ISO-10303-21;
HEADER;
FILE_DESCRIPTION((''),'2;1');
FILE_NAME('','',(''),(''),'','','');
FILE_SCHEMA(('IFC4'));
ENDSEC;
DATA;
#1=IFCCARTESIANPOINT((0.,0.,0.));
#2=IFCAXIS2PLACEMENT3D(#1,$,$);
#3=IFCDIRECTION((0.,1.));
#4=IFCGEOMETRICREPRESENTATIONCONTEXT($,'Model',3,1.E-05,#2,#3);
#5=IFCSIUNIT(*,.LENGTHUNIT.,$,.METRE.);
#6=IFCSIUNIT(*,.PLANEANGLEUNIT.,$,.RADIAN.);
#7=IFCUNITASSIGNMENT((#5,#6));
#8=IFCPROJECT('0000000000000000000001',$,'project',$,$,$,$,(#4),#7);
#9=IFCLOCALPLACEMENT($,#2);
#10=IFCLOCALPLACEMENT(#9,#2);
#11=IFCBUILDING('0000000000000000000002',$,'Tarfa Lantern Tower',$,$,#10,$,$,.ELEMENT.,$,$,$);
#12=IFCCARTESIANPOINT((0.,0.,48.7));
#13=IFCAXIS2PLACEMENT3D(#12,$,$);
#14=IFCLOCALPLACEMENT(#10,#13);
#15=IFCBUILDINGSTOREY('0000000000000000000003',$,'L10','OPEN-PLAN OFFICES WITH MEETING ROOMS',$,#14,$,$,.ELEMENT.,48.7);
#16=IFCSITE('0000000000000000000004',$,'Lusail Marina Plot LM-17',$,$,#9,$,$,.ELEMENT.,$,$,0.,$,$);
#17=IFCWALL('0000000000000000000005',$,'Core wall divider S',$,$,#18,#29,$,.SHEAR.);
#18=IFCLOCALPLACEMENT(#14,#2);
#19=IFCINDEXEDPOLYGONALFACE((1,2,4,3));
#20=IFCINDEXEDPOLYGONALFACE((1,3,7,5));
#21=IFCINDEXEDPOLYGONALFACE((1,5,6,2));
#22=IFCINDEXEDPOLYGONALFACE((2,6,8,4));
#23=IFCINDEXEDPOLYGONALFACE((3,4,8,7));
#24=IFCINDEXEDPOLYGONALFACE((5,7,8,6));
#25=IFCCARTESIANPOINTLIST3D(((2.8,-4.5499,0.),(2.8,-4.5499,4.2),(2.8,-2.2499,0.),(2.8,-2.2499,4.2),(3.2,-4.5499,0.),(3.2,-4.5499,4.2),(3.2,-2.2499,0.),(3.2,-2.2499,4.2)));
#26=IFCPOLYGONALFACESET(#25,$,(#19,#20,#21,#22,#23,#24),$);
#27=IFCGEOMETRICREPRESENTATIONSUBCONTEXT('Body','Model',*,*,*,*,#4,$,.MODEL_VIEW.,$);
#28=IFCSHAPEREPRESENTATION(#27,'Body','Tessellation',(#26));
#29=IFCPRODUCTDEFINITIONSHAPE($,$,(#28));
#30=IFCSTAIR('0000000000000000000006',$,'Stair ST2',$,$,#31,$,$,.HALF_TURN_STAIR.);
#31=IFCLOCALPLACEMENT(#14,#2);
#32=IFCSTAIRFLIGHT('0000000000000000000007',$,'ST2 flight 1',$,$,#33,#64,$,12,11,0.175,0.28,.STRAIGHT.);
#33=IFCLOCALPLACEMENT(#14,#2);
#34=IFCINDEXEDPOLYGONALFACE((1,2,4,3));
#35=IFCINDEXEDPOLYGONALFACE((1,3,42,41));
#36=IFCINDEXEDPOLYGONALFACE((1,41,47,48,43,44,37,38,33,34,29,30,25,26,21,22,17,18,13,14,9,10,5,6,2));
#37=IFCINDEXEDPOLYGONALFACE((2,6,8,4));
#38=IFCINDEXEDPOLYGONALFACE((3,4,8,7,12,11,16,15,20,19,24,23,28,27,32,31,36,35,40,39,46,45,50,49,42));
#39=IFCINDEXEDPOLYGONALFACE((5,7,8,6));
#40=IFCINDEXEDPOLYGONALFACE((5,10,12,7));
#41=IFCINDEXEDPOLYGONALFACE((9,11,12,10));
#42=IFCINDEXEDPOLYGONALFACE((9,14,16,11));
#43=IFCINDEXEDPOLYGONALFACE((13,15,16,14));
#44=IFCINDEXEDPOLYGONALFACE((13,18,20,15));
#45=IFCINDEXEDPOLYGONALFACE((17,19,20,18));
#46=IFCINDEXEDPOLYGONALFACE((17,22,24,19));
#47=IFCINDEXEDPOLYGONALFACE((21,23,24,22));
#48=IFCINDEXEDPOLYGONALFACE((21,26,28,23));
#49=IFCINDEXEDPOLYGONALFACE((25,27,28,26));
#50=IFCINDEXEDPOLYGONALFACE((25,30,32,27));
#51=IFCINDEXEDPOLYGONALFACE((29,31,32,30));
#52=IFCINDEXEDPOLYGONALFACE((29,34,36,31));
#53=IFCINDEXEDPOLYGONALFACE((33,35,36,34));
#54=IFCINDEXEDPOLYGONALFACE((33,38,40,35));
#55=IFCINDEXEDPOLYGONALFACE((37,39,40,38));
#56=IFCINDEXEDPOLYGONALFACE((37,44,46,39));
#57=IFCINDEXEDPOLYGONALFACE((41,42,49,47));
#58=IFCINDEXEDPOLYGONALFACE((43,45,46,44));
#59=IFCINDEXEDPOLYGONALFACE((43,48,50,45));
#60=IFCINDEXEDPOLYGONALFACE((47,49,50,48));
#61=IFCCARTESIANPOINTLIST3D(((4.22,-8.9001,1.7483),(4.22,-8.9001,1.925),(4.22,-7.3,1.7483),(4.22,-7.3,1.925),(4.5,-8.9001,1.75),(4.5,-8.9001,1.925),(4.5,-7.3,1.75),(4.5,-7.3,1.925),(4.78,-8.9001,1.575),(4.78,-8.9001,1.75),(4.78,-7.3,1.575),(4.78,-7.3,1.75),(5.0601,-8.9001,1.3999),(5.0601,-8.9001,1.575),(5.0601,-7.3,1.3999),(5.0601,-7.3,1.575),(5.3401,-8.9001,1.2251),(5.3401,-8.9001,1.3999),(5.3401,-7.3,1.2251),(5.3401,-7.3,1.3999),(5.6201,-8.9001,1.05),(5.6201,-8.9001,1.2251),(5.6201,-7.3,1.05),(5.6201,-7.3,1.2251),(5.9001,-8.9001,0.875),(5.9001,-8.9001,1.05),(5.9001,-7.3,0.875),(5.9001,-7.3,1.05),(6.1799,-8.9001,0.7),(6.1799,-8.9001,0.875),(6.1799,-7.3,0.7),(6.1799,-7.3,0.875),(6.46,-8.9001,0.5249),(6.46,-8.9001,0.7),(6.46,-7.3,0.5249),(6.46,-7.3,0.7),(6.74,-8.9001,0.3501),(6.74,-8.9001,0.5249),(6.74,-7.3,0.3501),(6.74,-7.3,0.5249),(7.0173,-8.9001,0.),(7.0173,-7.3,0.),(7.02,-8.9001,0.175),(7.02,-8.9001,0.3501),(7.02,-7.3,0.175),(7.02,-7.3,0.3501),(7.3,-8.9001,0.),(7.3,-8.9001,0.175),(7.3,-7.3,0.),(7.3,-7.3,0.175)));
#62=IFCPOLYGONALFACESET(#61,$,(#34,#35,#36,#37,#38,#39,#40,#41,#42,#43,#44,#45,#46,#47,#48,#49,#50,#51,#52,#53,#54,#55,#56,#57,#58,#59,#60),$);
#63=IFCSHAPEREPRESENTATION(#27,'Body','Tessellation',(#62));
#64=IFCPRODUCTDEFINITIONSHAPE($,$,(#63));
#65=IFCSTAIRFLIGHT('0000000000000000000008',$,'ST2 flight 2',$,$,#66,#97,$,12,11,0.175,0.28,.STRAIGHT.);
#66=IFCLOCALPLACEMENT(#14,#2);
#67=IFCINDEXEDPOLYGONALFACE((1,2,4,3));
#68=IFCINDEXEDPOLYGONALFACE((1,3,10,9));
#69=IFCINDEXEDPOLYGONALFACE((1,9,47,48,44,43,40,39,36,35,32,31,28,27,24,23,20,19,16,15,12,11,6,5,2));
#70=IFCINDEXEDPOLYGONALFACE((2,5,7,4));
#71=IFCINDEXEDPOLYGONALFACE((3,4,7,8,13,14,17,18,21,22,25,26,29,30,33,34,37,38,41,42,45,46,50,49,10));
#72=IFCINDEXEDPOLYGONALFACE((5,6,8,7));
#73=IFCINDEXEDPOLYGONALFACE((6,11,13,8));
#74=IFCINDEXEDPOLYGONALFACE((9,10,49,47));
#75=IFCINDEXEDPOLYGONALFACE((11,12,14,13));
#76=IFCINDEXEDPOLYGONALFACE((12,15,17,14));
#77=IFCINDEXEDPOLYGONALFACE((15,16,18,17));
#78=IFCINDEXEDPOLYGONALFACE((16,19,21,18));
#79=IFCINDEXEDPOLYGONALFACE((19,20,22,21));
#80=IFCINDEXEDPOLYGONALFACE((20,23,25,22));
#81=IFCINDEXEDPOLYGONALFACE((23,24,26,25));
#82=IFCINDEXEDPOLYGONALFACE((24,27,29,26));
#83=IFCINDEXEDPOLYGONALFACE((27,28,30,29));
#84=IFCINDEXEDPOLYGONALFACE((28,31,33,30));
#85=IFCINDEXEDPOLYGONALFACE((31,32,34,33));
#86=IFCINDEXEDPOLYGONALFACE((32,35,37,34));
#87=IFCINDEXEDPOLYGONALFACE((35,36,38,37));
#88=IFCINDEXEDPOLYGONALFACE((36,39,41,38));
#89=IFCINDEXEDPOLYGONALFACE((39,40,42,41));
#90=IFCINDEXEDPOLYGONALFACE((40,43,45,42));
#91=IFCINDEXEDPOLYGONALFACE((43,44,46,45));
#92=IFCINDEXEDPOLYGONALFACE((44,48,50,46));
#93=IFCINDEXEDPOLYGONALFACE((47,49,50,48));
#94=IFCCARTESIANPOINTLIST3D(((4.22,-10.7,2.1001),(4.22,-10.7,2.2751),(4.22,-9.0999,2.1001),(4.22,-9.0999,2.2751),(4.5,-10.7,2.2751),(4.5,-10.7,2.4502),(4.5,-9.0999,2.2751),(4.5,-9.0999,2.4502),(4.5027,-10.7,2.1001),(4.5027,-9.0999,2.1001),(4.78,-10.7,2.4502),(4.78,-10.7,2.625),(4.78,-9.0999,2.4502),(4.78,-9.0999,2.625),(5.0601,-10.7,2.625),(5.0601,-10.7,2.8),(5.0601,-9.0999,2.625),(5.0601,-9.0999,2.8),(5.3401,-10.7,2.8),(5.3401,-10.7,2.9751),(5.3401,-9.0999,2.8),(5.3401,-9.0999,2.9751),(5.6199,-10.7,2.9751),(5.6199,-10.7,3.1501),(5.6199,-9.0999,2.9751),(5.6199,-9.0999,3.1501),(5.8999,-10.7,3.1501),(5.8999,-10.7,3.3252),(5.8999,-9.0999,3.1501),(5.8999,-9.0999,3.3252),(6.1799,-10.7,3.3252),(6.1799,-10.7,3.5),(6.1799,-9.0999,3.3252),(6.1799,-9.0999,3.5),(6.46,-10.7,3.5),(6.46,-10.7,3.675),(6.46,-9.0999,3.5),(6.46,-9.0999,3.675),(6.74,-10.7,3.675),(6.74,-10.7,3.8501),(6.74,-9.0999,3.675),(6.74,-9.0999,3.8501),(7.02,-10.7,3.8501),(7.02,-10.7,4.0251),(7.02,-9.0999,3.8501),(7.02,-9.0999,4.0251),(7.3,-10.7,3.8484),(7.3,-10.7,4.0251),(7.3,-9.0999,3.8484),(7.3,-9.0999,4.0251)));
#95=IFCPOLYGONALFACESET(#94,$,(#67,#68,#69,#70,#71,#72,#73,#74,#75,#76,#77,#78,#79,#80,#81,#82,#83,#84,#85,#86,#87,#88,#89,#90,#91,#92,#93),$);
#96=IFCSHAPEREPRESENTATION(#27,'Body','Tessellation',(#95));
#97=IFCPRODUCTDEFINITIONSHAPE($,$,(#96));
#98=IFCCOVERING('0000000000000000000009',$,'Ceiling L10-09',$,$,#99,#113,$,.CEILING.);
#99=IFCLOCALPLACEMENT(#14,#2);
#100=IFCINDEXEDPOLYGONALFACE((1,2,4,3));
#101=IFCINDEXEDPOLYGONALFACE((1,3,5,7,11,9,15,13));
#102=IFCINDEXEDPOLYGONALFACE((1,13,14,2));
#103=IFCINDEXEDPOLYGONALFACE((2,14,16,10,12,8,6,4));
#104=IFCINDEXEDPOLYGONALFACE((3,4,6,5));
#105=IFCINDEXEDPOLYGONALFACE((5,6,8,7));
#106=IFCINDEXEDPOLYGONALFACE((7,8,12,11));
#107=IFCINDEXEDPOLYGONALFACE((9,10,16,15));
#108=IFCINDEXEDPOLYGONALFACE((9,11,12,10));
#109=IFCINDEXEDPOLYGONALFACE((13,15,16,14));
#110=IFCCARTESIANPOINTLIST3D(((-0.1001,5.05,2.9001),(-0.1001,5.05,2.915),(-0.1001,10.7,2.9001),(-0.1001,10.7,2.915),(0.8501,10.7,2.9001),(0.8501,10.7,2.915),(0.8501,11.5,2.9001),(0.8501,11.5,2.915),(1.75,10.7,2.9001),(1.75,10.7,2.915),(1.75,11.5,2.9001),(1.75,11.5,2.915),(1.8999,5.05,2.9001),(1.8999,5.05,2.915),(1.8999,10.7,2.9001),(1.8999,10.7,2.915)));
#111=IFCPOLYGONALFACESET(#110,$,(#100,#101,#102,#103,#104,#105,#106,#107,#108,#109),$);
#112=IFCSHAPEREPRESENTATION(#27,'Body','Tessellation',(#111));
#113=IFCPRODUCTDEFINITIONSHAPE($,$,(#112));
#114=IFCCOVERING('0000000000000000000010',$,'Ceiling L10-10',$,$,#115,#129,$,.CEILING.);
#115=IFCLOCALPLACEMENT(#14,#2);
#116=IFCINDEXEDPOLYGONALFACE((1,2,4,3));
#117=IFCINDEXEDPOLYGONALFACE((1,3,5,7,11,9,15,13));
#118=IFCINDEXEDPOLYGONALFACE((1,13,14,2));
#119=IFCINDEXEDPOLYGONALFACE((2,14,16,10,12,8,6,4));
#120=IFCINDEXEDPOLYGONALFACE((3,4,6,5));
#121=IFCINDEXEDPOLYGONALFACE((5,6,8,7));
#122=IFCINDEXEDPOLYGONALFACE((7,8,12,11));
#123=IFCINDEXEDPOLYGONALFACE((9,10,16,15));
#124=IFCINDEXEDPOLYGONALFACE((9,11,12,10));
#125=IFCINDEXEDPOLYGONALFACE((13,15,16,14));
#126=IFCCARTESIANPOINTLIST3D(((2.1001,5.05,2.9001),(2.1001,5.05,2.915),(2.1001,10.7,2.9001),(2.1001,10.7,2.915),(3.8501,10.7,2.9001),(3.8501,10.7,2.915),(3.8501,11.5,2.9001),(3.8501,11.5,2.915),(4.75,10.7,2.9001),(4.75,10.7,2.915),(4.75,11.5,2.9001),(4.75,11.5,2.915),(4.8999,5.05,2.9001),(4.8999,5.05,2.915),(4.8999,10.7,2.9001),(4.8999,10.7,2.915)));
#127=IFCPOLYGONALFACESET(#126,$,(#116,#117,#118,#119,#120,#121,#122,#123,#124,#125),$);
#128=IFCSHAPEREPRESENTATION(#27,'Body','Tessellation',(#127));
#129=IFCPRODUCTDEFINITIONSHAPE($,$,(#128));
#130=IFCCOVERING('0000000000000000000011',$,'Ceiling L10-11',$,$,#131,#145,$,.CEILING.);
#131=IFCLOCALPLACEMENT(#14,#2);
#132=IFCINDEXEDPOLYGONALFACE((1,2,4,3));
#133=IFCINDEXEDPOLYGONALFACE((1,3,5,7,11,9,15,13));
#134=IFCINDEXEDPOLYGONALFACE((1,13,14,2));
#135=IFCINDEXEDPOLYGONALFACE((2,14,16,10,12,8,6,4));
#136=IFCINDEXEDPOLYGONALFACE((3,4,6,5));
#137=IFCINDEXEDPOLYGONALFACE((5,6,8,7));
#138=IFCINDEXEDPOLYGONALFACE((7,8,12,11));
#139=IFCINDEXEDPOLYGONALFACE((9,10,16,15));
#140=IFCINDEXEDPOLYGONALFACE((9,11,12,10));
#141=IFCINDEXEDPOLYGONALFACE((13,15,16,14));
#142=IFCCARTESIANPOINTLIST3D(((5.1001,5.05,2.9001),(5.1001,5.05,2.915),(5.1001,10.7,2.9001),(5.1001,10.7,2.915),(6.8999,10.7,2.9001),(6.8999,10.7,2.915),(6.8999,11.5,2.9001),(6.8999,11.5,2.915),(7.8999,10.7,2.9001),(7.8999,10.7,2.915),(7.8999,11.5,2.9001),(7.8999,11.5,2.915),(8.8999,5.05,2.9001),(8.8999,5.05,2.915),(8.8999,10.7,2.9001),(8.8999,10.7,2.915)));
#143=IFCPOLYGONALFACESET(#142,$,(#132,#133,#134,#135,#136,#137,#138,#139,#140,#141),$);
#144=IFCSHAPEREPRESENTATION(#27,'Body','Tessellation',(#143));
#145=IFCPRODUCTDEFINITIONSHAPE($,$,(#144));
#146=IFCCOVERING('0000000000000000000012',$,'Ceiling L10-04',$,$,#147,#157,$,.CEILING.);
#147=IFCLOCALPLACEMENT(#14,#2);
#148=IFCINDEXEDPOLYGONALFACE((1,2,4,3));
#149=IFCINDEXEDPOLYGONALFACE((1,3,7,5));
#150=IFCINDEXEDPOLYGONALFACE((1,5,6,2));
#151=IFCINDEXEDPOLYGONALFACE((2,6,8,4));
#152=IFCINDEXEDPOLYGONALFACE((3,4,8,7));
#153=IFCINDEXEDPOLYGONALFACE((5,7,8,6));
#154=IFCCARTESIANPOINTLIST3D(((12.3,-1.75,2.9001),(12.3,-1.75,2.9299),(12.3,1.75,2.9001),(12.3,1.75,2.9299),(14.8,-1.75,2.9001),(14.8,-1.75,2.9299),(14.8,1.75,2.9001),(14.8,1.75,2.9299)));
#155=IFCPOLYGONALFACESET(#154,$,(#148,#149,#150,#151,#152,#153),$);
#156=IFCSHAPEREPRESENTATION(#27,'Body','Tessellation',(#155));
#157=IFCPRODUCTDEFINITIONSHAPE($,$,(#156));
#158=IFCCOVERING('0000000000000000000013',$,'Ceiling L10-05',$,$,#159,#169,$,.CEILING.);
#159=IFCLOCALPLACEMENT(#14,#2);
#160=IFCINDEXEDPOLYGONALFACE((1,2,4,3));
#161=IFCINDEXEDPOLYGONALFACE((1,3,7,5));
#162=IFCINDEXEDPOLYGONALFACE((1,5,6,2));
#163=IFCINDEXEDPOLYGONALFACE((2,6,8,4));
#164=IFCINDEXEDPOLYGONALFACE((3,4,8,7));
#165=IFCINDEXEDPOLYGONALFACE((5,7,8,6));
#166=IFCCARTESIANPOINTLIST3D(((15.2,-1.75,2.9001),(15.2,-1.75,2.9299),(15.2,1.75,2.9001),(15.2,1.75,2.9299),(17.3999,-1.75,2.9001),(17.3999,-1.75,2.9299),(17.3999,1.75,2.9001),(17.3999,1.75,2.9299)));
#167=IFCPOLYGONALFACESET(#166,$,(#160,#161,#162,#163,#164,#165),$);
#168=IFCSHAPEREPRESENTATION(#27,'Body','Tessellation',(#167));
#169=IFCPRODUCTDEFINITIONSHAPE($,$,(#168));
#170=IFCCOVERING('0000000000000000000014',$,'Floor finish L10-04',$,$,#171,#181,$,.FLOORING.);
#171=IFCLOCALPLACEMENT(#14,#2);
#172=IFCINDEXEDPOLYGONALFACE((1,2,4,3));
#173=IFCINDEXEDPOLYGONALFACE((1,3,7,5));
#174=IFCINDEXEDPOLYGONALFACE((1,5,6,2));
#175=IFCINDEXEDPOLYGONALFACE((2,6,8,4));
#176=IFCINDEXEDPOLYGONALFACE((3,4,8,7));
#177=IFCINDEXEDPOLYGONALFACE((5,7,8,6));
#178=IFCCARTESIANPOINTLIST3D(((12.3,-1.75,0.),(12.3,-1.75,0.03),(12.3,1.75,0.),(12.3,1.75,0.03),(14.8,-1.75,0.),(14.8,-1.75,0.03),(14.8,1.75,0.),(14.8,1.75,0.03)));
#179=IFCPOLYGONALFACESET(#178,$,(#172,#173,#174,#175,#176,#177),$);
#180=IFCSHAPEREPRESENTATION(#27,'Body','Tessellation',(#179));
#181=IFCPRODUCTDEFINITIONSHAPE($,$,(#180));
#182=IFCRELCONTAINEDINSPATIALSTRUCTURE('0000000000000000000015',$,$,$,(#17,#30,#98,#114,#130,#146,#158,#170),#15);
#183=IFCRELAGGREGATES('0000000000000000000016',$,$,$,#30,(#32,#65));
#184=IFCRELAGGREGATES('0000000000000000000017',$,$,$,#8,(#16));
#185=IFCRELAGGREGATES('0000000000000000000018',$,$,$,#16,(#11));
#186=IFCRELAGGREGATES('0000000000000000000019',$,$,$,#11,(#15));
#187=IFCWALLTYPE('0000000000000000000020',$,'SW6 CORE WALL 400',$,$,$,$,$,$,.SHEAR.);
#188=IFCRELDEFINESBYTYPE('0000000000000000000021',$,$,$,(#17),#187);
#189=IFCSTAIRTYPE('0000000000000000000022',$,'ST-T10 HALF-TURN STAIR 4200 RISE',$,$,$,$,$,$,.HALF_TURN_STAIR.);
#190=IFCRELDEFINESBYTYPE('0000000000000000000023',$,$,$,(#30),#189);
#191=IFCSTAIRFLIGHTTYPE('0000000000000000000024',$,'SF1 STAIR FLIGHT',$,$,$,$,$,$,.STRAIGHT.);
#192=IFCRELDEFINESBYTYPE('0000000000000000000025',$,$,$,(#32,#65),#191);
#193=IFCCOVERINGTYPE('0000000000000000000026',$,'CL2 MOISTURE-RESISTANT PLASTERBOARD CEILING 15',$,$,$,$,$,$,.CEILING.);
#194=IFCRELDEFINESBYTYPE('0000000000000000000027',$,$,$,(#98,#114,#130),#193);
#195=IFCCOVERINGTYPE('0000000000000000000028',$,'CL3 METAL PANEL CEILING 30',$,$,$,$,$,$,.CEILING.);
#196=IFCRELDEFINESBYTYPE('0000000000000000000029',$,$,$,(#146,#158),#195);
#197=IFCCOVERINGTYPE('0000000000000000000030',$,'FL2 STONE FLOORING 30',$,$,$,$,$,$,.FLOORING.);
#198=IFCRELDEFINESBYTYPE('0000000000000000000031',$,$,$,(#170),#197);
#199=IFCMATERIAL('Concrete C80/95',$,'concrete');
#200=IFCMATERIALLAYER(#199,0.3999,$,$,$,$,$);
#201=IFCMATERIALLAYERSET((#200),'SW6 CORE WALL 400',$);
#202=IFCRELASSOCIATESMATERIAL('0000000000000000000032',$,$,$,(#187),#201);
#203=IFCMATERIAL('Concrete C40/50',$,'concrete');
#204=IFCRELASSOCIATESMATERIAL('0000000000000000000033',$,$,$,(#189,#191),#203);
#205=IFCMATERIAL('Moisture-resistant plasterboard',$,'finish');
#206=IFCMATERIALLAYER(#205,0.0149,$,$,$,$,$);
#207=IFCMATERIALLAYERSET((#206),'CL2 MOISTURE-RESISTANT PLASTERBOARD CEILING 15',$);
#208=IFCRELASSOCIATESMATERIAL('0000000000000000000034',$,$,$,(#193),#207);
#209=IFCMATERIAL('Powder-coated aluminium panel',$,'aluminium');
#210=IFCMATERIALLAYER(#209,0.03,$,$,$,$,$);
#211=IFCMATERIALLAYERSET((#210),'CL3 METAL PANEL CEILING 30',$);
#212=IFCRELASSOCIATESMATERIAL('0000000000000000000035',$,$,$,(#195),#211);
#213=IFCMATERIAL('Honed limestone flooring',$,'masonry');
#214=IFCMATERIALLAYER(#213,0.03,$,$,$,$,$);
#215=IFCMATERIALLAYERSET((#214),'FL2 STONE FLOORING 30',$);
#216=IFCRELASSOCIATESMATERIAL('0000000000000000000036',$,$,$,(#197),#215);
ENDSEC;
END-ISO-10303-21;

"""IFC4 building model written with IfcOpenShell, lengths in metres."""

from ifc_helpers import new_model, si_unit, direction, frame, frame_2d, origin, place, context, subcontext, project, spatial, polyline, rectangle, outline, extrude, material, layer, layer_set, type_object, element, aggregate, save


model = new_model("IFC4")

# Units and contexts
model_context = context("Model", 3, precision=1e-05, world=origin(), true_north=direction((0.0, 1.0)))
body_context = subcontext(model_context, "Body", "Model", "MODEL_VIEW")
ifc_project = project(units=[si_unit("LENGTHUNIT", "METRE"), si_unit("PLANEANGLEUNIT", "RADIAN")], contexts=[model_context])

# Site, building, storey
site_placement = place(None, origin())
site = spatial("IfcSite", under=ifc_project, at=site_placement, Name="Lusail Marina Plot LM-17", CompositionType="ELEMENT", RefElevation=0.0)
building_placement = place(site_placement, origin())
building = spatial("IfcBuilding", under=site, at=building_placement, Name="Tarfa Lantern Tower", CompositionType="ELEMENT")
storey_placement = place(building_placement, frame((0.0, 0.0, 48.7)))
storey = spatial("IfcBuildingStorey", under=building, at=storey_placement, Name="L10", Description="OPEN-PLAN OFFICES WITH MEETING ROOMS", CompositionType="ELEMENT", Elevation=48.7)

# Shared definitions
ifc_material_1 = material(Name="Concrete C80/95", Category="concrete")

# Wall
ifc_layer_1 = layer(ifc_material_1, 0.3999)
ifc_layer_set_1 = layer_set([ifc_layer_1], Name="SW6 CORE WALL 400")
wall_type_1 = type_object("IfcWallType", Name="SW6 CORE WALL 400", PredefinedType="SHEAR", material=ifc_layer_set_1)
for number, where, z_axis, x_axis, name in (
    (1, (3.0, -2.25, 0.0), (0.0, 0.0, 1.0), (0.0, -1.0, 0.0), "Core wall divider S"),
):
    element("IfcWall", number, at=place(storey_placement, frame(where, z_axis=z_axis, x_axis=x_axis)), inside=storey, type_object=wall_type_1, Name=name, PredefinedType="SHEAR", context=body_context, shape_type="SweptSolid", body=[
        extrude(rectangle(XDim=2.3, YDim=0.3999, at=frame_2d((1.1499, 0.0))), origin(), (0.0, 0.0, 1.0), 4.2),
    ])

# Stair, stair flights
ifc_material_2 = material(Name="Concrete C40/50", Category="concrete")
stair_type = type_object("IfcStairType", Name="ST-T10 HALF-TURN STAIR 4200 RISE", PredefinedType="HALF_TURN_STAIR", material=ifc_material_2)
stair_placement = place(storey_placement, origin())
stair = element("IfcStair", 2, at=stair_placement, inside=storey, type_object=stair_type, Name="Stair ST2", PredefinedType="HALF_TURN_STAIR")
stair_flight_type = type_object("IfcStairFlightType", Name="SF1 STAIR FLIGHT", PredefinedType="STRAIGHT", material=ifc_material_2)
stair_flight_1_placement = place(storey_placement, frame((7.3, -8.1001, 0.0), z_axis=(0.0, 0.0, 1.0), x_axis=(-1.0, 0.0, 0.0)))
stair_flight_1 = element("IfcStairFlight", 3, at=stair_flight_1_placement, type_object=stair_flight_type, Name="ST2 flight 1", NumberOfRisers=12, NumberOfTreads=11, PredefinedType="STRAIGHT", RiserHeight=0.175, TreadLength=0.28, context=body_context, shape_type="SweptSolid", body=[
    extrude(outline(polyline([(0.0, 0.0), (0.0, 0.175), (0.28, 0.175), (0.28, 0.3501), (0.5601, 0.3501), (0.5601, 0.5249), (0.8401, 0.5249), (0.8401, 0.7), (1.1201, 0.7), (1.1201, 0.875), (1.3999, 0.875), (1.3999, 1.05), (1.6799, 1.05), (1.6799, 1.2251), (1.96, 1.2251), (1.96, 1.3999), (2.24, 1.3999), (2.24, 1.575), (2.52, 1.575), (2.52, 1.75), (2.8, 1.75), (2.8, 1.925), (3.0801, 1.925), (3.0801, 2.1001), (3.0801, 1.7483), (0.2827, 0.0), (0.0, 0.0)])), frame((0.0, 0.8, 0.0), z_axis=(0.0, -1.0, 0.0), x_axis=(1.0, 0.0, 0.0)), (0.0, 0.0, 1.0), 1.6001),
])
stair_flight_2_placement = place(storey_placement, frame((4.22, -9.8999, 2.1001), z_axis=(0.0, 0.0, 1.0), x_axis=(1.0, 0.0, 0.0)))
stair_flight_2 = element("IfcStairFlight", 4, at=stair_flight_2_placement, type_object=stair_flight_type, Name="ST2 flight 2", NumberOfRisers=12, NumberOfTreads=11, PredefinedType="STRAIGHT", RiserHeight=0.175, TreadLength=0.28, context=body_context, shape_type="SweptSolid", body=[
    extrude(outline(polyline([(0.0, 0.0), (0.0, 0.175), (0.28, 0.175), (0.28, 0.3501), (0.5601, 0.3501), (0.5601, 0.5249), (0.8401, 0.5249), (0.8401, 0.7), (1.1201, 0.7), (1.1201, 0.875), (1.3999, 0.875), (1.3999, 1.05), (1.6799, 1.05), (1.6799, 1.2251), (1.96, 1.2251), (1.96, 1.3999), (2.24, 1.3999), (2.24, 1.575), (2.52, 1.575), (2.52, 1.75), (2.8, 1.75), (2.8, 1.925), (3.0801, 1.925), (3.0801, 2.1001), (3.0801, 1.7483), (0.2827, 0.0), (0.0, 0.0)])), frame((0.0, 0.8, 0.0), z_axis=(0.0, -1.0, 0.0), x_axis=(1.0, 0.0, 0.0)), (0.0, 0.0, 1.0), 1.6001),
])
aggregate(stair, [stair_flight_1, stair_flight_2])

# Coverings
ifc_material_3 = material(Name="Moisture-resistant plasterboard", Category="finish")
ifc_layer_2 = layer(ifc_material_3, 0.0149)
ifc_layer_set_2 = layer_set([ifc_layer_2], Name="CL2 MOISTURE-RESISTANT PLASTERBOARD CEILING 15")
covering_type_1 = type_object("IfcCoveringType", Name="CL2 MOISTURE-RESISTANT PLASTERBOARD CEILING 15", PredefinedType="CEILING", material=ifc_layer_set_2)
covering_1_placement = place(storey_placement, frame((0.0, 0.0, 2.9001)))
element("IfcCovering", 5, at=covering_1_placement, inside=storey, type_object=covering_type_1, Name="Ceiling L10-09", PredefinedType="CEILING", context=body_context, shape_type="SweptSolid", body=[
    extrude(outline(polyline([(0.8501, 10.7), (-0.1001, 10.7), (-0.1001, 5.05), (1.8999, 5.05), (1.8999, 10.7), (1.75, 10.7), (1.75, 11.5), (1.75, 11.5), (0.8501, 11.5), (0.8501, 10.7)])), origin(), (0.0, 0.0, 1.0), 0.0149),
])
covering_2_placement = place(storey_placement, frame((0.0, 0.0, 2.9001)))
element("IfcCovering", 6, at=covering_2_placement, inside=storey, type_object=covering_type_1, Name="Ceiling L10-10", PredefinedType="CEILING", context=body_context, shape_type="SweptSolid", body=[
    extrude(outline(polyline([(2.1001, 5.05), (4.8999, 5.05), (4.8999, 10.7), (4.75, 10.7), (4.75, 11.5), (3.8501, 11.5), (3.8501, 10.7), (2.1001, 10.7), (2.1001, 5.05)])), origin(), (0.0, 0.0, 1.0), 0.0149),
])
covering_3_placement = place(storey_placement, frame((0.0, 0.0, 2.9001)))
element("IfcCovering", 7, at=covering_3_placement, inside=storey, type_object=covering_type_1, Name="Ceiling L10-11", PredefinedType="CEILING", context=body_context, shape_type="SweptSolid", body=[
    extrude(outline(polyline([(5.1001, 5.05), (8.8999, 5.05), (8.8999, 10.7), (7.8999, 10.7), (7.8999, 11.5), (6.8999, 11.5), (6.8999, 10.7), (5.1001, 10.7), (5.1001, 5.05)])), origin(), (0.0, 0.0, 1.0), 0.0149),
])
ifc_material_4 = material(Name="Powder-coated aluminium panel", Category="aluminium")
ifc_layer_3 = layer(ifc_material_4, 0.03)
ifc_layer_set_3 = layer_set([ifc_layer_3], Name="CL3 METAL PANEL CEILING 30")
covering_type_2 = type_object("IfcCoveringType", Name="CL3 METAL PANEL CEILING 30", PredefinedType="CEILING", material=ifc_layer_set_3)
covering_4_placement = place(storey_placement, frame((0.0, 0.0, 2.9001)))
element("IfcCovering", 8, at=covering_4_placement, inside=storey, type_object=covering_type_2, Name="Ceiling L10-04", PredefinedType="CEILING", context=body_context, shape_type="SweptSolid", body=[
    extrude(outline(polyline([(12.3, -1.75), (14.8, -1.75), (14.8, 1.75), (12.3, 1.75), (12.3, -1.75)])), origin(), (0.0, 0.0, 1.0), 0.0298),
])
covering_5_placement = place(storey_placement, frame((0.0, 0.0, 2.9001)))
element("IfcCovering", 9, at=covering_5_placement, inside=storey, type_object=covering_type_2, Name="Ceiling L10-05", PredefinedType="CEILING", context=body_context, shape_type="SweptSolid", body=[
    extrude(outline(polyline([(15.2, -1.75), (17.3999, -1.75), (17.3999, 1.75), (15.2, 1.75), (15.2, -1.75)])), origin(), (0.0, 0.0, 1.0), 0.0298),
])
ifc_material_5 = material(Name="Honed limestone flooring", Category="masonry")
ifc_layer_4 = layer(ifc_material_5, 0.03)
ifc_layer_set_4 = layer_set([ifc_layer_4], Name="FL2 STONE FLOORING 30")
covering_type_3 = type_object("IfcCoveringType", Name="FL2 STONE FLOORING 30", PredefinedType="FLOORING", material=ifc_layer_set_4)
covering_6_placement = place(storey_placement, origin())
element("IfcCovering", 10, at=covering_6_placement, inside=storey, type_object=covering_type_3, Name="Floor finish L10-04", PredefinedType="FLOORING", context=body_context, shape_type="SweptSolid", body=[
    extrude(outline(polyline([(12.3, -1.75), (14.8, -1.75), (14.8, 1.75), (12.3, 1.75), (12.3, -1.75)])), origin(), (0.0, 0.0, 1.0), 0.03),
])

save(model, "model.ifc")
